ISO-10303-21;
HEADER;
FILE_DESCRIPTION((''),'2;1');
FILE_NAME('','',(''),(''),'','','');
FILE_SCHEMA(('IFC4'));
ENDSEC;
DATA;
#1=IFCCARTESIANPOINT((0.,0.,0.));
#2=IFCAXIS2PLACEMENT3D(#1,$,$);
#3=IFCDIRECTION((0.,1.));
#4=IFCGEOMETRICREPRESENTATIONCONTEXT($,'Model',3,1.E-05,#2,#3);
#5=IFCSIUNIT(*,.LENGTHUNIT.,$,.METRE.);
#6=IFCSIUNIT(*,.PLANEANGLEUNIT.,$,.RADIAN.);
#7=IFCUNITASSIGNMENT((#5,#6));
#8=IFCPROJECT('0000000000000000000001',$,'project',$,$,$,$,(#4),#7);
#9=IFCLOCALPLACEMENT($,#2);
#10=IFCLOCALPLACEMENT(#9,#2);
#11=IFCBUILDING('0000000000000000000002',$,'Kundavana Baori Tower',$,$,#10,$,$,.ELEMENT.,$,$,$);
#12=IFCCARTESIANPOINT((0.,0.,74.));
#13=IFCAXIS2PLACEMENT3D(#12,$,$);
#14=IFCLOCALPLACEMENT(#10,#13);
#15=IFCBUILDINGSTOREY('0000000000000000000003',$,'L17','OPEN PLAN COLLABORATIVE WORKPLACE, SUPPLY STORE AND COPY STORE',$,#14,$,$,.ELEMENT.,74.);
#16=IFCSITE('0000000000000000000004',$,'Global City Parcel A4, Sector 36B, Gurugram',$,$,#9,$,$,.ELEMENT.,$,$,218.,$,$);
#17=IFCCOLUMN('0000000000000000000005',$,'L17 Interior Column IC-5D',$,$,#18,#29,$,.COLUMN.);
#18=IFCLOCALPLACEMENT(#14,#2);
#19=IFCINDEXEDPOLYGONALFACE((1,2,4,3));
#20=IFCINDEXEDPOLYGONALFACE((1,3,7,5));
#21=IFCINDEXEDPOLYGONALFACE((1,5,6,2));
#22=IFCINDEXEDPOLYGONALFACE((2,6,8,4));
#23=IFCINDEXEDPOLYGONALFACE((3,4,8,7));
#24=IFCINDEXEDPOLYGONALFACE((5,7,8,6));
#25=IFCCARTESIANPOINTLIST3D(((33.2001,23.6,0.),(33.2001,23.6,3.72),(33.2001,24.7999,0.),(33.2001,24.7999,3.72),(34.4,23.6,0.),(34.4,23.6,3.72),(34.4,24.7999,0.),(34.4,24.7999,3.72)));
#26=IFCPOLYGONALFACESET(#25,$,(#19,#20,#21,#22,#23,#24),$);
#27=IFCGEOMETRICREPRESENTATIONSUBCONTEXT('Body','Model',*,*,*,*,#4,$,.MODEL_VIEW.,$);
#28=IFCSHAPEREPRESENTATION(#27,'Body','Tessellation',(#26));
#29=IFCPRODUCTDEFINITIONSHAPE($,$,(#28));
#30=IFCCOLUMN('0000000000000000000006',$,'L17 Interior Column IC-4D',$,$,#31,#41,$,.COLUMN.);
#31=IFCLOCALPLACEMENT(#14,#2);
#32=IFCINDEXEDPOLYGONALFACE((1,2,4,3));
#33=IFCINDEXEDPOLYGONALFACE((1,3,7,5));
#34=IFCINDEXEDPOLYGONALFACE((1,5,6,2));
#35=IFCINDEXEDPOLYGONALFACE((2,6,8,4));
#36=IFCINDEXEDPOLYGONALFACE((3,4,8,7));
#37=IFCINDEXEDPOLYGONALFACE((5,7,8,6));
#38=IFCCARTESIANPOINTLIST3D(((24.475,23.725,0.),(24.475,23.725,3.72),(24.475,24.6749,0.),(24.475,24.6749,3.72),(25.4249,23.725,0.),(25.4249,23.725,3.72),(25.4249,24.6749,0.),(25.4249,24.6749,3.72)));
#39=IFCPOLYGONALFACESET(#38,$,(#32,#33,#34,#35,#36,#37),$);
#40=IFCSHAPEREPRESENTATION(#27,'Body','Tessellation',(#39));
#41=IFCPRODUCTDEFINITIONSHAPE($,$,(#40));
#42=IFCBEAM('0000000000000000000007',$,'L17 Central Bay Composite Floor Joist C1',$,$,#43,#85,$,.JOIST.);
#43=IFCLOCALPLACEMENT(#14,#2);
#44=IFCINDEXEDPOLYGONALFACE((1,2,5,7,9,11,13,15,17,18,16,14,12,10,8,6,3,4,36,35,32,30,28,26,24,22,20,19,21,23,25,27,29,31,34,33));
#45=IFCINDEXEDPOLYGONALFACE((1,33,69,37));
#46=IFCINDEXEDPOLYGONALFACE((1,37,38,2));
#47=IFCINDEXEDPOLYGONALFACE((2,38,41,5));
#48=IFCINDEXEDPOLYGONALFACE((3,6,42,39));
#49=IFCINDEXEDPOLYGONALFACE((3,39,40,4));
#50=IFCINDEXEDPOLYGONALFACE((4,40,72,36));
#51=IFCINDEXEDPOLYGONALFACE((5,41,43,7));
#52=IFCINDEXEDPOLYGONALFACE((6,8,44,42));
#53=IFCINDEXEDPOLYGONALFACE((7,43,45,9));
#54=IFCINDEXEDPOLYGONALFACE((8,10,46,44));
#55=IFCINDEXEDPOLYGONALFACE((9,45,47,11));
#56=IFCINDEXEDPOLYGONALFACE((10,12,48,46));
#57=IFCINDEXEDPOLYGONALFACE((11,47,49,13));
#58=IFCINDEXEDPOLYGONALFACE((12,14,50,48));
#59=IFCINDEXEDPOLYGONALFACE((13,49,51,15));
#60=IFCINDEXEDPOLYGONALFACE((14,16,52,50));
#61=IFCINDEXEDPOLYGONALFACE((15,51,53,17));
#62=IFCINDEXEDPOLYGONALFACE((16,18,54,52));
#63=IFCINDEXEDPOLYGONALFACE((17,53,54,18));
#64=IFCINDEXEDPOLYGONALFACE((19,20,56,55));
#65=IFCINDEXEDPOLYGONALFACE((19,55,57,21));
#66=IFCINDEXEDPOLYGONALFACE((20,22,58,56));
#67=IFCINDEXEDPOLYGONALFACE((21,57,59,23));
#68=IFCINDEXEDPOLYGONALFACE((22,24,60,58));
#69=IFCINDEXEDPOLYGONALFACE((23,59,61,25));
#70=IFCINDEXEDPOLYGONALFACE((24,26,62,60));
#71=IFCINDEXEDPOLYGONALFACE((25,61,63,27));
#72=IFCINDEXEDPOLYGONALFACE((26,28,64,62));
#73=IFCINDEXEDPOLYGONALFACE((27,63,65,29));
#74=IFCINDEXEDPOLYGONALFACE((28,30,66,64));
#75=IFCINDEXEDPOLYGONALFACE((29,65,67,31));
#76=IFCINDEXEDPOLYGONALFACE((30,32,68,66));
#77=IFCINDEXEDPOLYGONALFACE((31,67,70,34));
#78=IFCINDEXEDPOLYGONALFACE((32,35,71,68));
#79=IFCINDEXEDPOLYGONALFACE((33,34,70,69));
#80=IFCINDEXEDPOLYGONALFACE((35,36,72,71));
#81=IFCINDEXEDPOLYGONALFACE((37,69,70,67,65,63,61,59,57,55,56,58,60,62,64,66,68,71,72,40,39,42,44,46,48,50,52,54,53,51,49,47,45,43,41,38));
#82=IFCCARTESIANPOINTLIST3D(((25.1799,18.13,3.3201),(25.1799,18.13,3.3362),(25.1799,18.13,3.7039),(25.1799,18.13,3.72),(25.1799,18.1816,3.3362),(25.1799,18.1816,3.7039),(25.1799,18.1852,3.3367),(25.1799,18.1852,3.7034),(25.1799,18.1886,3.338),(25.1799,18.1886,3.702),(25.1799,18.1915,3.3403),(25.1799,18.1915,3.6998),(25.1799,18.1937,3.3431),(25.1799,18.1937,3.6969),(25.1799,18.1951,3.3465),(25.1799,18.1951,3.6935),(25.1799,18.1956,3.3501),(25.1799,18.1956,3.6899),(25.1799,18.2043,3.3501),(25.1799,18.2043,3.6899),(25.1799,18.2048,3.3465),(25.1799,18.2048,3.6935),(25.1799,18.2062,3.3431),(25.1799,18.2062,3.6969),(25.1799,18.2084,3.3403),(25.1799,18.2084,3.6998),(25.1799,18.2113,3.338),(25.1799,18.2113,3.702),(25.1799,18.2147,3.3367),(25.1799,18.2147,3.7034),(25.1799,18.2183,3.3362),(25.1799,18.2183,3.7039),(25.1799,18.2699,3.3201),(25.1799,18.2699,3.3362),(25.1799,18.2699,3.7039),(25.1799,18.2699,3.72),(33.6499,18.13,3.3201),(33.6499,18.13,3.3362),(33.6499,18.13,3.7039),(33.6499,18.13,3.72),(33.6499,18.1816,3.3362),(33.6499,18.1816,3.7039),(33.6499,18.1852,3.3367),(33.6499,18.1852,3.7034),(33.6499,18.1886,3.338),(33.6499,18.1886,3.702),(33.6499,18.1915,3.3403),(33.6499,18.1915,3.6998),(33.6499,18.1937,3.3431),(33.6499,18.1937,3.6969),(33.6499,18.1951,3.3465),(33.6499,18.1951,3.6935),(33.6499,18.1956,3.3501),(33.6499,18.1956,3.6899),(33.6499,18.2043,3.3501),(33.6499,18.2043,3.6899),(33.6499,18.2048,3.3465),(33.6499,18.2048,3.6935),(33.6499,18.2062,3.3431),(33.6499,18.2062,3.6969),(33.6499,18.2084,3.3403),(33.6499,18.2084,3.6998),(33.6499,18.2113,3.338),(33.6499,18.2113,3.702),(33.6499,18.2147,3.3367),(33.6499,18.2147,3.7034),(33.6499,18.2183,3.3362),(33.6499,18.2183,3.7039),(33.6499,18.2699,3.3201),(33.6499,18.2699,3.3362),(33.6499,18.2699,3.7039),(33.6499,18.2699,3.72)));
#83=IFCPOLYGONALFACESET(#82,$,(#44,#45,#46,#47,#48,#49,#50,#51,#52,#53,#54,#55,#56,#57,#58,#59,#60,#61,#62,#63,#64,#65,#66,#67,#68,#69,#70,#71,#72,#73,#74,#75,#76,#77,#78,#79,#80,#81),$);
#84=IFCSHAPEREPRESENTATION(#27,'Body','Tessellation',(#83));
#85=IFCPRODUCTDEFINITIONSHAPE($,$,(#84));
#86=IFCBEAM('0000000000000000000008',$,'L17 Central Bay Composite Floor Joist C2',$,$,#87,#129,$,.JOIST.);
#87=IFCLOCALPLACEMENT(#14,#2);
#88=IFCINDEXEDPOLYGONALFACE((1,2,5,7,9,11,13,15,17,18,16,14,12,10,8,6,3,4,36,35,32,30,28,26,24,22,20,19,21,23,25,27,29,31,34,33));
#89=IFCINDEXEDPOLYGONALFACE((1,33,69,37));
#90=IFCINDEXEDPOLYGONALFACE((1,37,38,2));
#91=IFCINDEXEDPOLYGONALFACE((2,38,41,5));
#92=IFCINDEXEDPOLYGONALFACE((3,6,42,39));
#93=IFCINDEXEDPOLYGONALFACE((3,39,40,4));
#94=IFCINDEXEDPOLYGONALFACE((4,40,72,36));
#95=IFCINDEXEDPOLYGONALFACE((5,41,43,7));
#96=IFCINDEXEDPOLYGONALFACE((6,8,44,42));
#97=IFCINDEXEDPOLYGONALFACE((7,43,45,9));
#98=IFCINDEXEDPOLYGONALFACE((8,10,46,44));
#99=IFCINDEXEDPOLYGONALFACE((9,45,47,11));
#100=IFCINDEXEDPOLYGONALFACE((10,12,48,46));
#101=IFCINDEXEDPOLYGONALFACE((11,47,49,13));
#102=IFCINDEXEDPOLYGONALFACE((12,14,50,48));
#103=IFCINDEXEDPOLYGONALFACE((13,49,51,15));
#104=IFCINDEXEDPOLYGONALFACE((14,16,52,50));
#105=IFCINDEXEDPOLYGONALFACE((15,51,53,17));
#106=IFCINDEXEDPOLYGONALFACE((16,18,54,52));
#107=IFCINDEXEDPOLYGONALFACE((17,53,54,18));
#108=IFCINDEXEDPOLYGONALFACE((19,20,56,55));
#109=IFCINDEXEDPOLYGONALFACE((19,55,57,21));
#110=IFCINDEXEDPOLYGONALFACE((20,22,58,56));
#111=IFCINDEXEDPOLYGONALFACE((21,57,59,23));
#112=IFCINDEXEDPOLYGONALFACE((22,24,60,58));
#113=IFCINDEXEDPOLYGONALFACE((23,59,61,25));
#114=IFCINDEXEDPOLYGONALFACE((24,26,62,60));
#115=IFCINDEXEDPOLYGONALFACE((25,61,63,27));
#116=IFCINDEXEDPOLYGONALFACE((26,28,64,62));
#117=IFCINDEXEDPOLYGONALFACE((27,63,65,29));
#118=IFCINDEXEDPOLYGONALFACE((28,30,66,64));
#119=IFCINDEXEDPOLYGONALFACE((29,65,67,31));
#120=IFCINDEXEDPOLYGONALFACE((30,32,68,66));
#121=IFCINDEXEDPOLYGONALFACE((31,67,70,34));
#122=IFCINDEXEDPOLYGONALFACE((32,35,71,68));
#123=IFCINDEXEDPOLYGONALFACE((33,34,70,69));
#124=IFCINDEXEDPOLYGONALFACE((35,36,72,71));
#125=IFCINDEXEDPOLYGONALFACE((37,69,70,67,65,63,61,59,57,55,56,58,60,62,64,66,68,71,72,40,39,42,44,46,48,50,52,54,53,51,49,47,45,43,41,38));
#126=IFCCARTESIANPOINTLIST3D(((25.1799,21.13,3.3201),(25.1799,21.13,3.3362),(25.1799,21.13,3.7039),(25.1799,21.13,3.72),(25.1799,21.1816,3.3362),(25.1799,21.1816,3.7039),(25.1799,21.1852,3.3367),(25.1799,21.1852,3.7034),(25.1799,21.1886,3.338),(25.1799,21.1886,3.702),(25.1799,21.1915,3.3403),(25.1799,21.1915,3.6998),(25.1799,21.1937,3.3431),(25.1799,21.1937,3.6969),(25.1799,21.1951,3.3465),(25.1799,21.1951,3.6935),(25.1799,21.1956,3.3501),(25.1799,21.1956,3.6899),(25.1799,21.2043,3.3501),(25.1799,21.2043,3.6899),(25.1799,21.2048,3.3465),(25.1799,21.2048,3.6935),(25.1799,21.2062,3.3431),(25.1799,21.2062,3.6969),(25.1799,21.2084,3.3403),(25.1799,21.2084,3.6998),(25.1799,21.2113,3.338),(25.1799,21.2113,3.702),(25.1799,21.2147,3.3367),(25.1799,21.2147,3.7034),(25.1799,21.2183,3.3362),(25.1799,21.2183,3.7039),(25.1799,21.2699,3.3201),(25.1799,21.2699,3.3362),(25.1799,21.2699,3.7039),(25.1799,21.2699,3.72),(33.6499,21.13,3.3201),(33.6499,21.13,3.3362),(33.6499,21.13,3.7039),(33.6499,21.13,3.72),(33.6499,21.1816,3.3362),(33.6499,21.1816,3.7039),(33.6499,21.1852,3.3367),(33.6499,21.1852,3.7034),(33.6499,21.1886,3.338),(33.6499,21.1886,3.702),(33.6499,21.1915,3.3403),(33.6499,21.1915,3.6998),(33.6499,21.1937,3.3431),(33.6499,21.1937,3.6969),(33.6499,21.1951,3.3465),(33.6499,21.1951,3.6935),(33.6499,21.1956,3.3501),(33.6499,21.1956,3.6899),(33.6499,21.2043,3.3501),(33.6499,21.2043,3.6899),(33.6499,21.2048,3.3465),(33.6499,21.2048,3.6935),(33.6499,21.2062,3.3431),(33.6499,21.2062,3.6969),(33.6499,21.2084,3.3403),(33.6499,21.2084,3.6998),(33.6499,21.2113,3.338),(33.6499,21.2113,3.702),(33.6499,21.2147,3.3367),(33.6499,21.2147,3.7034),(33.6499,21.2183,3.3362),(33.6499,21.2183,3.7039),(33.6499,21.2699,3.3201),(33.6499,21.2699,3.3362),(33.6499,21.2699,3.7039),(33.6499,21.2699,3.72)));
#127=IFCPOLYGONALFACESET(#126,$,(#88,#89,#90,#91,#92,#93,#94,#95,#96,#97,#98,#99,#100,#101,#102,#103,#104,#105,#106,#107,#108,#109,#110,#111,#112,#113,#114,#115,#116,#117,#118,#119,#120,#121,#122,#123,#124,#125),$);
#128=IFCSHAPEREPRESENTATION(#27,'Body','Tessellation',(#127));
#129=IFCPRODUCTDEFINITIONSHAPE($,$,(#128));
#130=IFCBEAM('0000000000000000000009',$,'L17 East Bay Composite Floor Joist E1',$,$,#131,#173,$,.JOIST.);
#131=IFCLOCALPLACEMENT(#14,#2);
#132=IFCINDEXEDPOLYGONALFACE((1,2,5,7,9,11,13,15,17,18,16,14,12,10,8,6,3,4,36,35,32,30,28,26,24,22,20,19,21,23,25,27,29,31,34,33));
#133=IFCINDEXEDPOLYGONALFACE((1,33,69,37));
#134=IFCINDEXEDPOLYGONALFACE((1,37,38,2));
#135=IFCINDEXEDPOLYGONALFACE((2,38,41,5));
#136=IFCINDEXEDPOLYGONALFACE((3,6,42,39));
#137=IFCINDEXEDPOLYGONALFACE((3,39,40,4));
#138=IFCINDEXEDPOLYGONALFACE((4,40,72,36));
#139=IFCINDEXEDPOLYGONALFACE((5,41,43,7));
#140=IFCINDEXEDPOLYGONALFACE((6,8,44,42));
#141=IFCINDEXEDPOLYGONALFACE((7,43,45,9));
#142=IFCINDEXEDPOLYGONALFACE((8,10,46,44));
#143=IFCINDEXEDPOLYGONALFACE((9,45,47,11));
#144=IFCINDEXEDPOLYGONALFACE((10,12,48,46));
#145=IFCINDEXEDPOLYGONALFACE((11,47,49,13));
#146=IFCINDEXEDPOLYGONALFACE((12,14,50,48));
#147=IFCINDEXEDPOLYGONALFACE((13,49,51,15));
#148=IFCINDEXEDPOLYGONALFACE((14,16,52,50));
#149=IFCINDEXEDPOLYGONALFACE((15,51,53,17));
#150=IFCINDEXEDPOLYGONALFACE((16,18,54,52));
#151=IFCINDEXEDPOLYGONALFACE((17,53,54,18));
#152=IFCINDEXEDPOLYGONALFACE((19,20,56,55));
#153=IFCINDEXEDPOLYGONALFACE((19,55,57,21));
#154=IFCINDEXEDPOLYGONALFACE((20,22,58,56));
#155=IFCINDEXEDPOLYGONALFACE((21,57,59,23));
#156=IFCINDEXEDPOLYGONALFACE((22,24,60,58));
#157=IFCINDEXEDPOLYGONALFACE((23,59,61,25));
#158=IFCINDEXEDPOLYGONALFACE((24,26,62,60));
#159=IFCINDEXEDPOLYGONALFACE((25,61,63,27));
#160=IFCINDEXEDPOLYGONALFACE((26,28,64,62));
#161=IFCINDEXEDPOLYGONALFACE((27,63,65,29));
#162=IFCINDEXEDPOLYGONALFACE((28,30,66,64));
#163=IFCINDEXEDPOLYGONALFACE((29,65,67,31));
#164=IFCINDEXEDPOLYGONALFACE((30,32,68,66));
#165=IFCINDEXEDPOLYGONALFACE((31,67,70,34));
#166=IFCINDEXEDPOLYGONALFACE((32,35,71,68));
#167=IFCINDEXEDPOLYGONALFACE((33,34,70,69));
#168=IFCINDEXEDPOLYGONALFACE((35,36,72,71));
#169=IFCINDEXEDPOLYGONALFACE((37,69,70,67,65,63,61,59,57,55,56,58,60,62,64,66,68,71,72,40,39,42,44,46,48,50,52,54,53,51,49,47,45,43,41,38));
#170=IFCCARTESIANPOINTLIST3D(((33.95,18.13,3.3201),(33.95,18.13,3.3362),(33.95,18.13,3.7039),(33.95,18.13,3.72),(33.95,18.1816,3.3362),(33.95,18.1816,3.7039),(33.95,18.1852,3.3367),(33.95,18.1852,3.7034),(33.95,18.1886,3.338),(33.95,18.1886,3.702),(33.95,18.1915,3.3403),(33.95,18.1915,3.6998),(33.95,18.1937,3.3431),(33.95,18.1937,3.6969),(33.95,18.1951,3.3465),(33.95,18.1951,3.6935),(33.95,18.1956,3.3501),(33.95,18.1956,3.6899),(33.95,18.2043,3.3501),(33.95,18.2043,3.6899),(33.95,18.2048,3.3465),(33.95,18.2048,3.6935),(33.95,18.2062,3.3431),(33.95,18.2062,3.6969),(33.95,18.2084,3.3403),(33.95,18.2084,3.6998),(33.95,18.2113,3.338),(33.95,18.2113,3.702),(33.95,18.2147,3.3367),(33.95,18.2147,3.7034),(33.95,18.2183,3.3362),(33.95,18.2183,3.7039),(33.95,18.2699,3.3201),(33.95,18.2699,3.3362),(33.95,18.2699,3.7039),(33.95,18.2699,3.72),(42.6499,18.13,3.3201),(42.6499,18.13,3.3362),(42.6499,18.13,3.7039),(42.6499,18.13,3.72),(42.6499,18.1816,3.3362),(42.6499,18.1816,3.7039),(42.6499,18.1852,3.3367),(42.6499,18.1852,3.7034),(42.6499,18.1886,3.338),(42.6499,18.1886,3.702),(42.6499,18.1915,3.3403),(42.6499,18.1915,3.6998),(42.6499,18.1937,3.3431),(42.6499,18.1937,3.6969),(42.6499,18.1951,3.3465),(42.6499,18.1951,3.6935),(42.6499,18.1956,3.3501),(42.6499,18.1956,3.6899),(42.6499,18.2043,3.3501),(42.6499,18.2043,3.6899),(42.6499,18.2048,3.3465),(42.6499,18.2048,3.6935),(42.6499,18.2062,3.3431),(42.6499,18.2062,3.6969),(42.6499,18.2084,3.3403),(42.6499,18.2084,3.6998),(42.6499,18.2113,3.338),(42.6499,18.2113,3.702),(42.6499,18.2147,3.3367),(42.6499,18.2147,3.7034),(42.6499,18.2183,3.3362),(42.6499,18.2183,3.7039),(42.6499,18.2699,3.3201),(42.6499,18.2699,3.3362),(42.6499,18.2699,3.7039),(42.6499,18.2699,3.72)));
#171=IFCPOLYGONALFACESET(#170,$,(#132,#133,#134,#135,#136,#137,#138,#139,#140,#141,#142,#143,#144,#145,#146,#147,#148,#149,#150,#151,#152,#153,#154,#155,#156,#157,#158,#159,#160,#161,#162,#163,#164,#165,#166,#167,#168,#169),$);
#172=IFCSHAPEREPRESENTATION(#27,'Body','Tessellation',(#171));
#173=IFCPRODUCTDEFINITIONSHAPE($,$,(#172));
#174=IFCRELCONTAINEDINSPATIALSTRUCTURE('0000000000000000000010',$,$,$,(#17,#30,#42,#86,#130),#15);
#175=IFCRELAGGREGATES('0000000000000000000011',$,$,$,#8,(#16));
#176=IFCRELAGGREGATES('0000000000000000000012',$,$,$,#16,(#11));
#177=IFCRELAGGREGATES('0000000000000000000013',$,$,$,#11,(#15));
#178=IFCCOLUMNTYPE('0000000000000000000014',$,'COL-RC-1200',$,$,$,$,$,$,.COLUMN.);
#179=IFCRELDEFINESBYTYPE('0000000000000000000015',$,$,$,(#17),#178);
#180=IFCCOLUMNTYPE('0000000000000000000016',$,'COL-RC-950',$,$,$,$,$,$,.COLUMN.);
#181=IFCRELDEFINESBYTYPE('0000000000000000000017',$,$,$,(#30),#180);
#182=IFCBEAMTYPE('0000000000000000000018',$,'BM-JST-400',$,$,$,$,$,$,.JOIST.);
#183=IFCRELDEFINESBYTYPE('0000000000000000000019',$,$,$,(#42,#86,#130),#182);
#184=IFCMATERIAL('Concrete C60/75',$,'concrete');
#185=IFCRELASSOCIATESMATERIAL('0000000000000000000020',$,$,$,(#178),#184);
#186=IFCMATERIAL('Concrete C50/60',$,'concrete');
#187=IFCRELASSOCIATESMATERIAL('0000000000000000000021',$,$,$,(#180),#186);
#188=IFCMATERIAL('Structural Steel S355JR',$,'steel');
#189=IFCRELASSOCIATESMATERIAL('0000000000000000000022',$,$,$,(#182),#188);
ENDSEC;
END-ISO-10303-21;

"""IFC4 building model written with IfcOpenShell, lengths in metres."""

from ifc_helpers import new_model, si_unit, direction, frame, origin, origin_2d, place, context, subcontext, project, spatial, rectangle, i_section, extrude, material, material_profile, profile_set, type_object, element, save


model = new_model("IFC4")

# Units and contexts
model_context = context("Model", 3, precision=1e-05, world=origin(), true_north=direction((0.0, 1.0)))
body_context = subcontext(model_context, "Body", "Model", "MODEL_VIEW")
ifc_project = project(units=[si_unit("LENGTHUNIT", "METRE"), si_unit("PLANEANGLEUNIT", "RADIAN")], contexts=[model_context])

# Site, building, storey
site_placement = place(None, origin())
site = spatial("IfcSite", under=ifc_project, at=site_placement, Name="Global City Parcel A4, Sector 36B, Gurugram", CompositionType="ELEMENT", RefElevation=218.0)
building_placement = place(site_placement, origin())
building = spatial("IfcBuilding", under=site, at=building_placement, Name="Kundavana Baori Tower", CompositionType="ELEMENT")
storey_placement = place(building_placement, frame((0.0, 0.0, 74.0)))
storey = spatial("IfcBuildingStorey", under=building, at=storey_placement, Name="L17", Description="OPEN PLAN COLLABORATIVE WORKPLACE, SUPPLY STORE AND COPY STORE", CompositionType="ELEMENT", Elevation=74.0)

# Columns
ifc_material_1 = material(Name="Concrete C60/75", Category="concrete")
ifc_material_profile_1 = material_profile(ifc_material_1, rectangle(XDim=1.2, YDim=1.2, at=origin_2d()), Name="RC 1200x1200")
ifc_profile_set_1 = profile_set([ifc_material_profile_1], Name="Concrete C60/75")
column_type_1 = type_object("IfcColumnType", Name="COL-RC-1200", PredefinedType="COLUMN", material=ifc_profile_set_1)
column_1_placement = place(storey_placement, frame((33.8, 24.2, 0.0), z_axis=(0.0, 0.0, 1.0), x_axis=(1.0, 0.0, 0.0)))
element("IfcColumn", 1, at=column_1_placement, inside=storey, type_object=column_type_1, Name="L17 Interior Column IC-5D", PredefinedType="COLUMN", context=body_context, shape_type="SweptSolid", body=[
    extrude(rectangle(XDim=1.2, YDim=1.2, at=origin_2d()), origin(), (0.0, 0.0, 1.0), 3.72),
])
ifc_material_2 = material(Name="Concrete C50/60", Category="concrete")
ifc_material_profile_2 = material_profile(ifc_material_2, rectangle(XDim=0.95, YDim=0.95, at=origin_2d()), Name="RC 950x950")
ifc_profile_set_2 = profile_set([ifc_material_profile_2], Name="Concrete C50/60")
column_type_2 = type_object("IfcColumnType", Name="COL-RC-950", PredefinedType="COLUMN", material=ifc_profile_set_2)
column_2_placement = place(storey_placement, frame((24.95, 24.2, 0.0), z_axis=(0.0, 0.0, 1.0), x_axis=(1.0, 0.0, 0.0)))
element("IfcColumn", 2, at=column_2_placement, inside=storey, type_object=column_type_2, Name="L17 Interior Column IC-4D", PredefinedType="COLUMN", context=body_context, shape_type="SweptSolid", body=[
    extrude(rectangle(XDim=0.95, YDim=0.95, at=origin_2d()), origin(), (0.0, 0.0, 1.0), 3.72),
])

# Beams
ifc_material_3 = material(Name="Structural Steel S355JR", Category="steel")
ifc_material_profile_3 = material_profile(ifc_material_3, i_section(OverallWidth=0.1399, OverallDepth=0.3999, WebThickness=0.0088, FlangeThickness=0.0161, FilletRadius=0.0139, at=origin_2d()), Name="ISMB 400")
ifc_profile_set_3 = profile_set([ifc_material_profile_3], Name="Structural Steel S355JR")
beam_type_1 = type_object("IfcBeamType", Name="BM-JST-400", PredefinedType="JOIST", material=ifc_profile_set_3)
for number, where, z_axis, x_axis, name in (
    (3, (25.1799, 18.2, 3.52), (1.0, 0.0, 0.0), (0.0, 1.0, 0.0), "L17 Central Bay Composite Floor Joist C1"),
    (4, (25.1799, 21.2, 3.52), (1.0, 0.0, 0.0), (0.0, 1.0, 0.0), "L17 Central Bay Composite Floor Joist C2"),
):
    element("IfcBeam", number, at=place(storey_placement, frame(where, z_axis=z_axis, x_axis=x_axis)), inside=storey, type_object=beam_type_1, Name=name, PredefinedType="JOIST", context=body_context, shape_type="SweptSolid", body=[
        extrude(i_section(OverallWidth=0.1399, OverallDepth=0.3999, WebThickness=0.0088, FlangeThickness=0.0161, FilletRadius=0.0139, at=origin_2d()), origin(), (0.0, 0.0, 1.0), 8.47),
    ])
beam_1_placement = place(storey_placement, frame((33.95, 18.2, 3.52), z_axis=(1.0, 0.0, 0.0), x_axis=(0.0, 1.0, 0.0)))
element("IfcBeam", 5, at=beam_1_placement, inside=storey, type_object=beam_type_1, Name="L17 East Bay Composite Floor Joist E1", PredefinedType="JOIST", context=body_context, shape_type="SweptSolid", body=[
    extrude(i_section(OverallWidth=0.1399, OverallDepth=0.3999, WebThickness=0.0088, FlangeThickness=0.0161, FilletRadius=0.0139, at=origin_2d()), origin(), (0.0, 0.0, 1.0), 8.7),
])

save(model, "model.ifc")
